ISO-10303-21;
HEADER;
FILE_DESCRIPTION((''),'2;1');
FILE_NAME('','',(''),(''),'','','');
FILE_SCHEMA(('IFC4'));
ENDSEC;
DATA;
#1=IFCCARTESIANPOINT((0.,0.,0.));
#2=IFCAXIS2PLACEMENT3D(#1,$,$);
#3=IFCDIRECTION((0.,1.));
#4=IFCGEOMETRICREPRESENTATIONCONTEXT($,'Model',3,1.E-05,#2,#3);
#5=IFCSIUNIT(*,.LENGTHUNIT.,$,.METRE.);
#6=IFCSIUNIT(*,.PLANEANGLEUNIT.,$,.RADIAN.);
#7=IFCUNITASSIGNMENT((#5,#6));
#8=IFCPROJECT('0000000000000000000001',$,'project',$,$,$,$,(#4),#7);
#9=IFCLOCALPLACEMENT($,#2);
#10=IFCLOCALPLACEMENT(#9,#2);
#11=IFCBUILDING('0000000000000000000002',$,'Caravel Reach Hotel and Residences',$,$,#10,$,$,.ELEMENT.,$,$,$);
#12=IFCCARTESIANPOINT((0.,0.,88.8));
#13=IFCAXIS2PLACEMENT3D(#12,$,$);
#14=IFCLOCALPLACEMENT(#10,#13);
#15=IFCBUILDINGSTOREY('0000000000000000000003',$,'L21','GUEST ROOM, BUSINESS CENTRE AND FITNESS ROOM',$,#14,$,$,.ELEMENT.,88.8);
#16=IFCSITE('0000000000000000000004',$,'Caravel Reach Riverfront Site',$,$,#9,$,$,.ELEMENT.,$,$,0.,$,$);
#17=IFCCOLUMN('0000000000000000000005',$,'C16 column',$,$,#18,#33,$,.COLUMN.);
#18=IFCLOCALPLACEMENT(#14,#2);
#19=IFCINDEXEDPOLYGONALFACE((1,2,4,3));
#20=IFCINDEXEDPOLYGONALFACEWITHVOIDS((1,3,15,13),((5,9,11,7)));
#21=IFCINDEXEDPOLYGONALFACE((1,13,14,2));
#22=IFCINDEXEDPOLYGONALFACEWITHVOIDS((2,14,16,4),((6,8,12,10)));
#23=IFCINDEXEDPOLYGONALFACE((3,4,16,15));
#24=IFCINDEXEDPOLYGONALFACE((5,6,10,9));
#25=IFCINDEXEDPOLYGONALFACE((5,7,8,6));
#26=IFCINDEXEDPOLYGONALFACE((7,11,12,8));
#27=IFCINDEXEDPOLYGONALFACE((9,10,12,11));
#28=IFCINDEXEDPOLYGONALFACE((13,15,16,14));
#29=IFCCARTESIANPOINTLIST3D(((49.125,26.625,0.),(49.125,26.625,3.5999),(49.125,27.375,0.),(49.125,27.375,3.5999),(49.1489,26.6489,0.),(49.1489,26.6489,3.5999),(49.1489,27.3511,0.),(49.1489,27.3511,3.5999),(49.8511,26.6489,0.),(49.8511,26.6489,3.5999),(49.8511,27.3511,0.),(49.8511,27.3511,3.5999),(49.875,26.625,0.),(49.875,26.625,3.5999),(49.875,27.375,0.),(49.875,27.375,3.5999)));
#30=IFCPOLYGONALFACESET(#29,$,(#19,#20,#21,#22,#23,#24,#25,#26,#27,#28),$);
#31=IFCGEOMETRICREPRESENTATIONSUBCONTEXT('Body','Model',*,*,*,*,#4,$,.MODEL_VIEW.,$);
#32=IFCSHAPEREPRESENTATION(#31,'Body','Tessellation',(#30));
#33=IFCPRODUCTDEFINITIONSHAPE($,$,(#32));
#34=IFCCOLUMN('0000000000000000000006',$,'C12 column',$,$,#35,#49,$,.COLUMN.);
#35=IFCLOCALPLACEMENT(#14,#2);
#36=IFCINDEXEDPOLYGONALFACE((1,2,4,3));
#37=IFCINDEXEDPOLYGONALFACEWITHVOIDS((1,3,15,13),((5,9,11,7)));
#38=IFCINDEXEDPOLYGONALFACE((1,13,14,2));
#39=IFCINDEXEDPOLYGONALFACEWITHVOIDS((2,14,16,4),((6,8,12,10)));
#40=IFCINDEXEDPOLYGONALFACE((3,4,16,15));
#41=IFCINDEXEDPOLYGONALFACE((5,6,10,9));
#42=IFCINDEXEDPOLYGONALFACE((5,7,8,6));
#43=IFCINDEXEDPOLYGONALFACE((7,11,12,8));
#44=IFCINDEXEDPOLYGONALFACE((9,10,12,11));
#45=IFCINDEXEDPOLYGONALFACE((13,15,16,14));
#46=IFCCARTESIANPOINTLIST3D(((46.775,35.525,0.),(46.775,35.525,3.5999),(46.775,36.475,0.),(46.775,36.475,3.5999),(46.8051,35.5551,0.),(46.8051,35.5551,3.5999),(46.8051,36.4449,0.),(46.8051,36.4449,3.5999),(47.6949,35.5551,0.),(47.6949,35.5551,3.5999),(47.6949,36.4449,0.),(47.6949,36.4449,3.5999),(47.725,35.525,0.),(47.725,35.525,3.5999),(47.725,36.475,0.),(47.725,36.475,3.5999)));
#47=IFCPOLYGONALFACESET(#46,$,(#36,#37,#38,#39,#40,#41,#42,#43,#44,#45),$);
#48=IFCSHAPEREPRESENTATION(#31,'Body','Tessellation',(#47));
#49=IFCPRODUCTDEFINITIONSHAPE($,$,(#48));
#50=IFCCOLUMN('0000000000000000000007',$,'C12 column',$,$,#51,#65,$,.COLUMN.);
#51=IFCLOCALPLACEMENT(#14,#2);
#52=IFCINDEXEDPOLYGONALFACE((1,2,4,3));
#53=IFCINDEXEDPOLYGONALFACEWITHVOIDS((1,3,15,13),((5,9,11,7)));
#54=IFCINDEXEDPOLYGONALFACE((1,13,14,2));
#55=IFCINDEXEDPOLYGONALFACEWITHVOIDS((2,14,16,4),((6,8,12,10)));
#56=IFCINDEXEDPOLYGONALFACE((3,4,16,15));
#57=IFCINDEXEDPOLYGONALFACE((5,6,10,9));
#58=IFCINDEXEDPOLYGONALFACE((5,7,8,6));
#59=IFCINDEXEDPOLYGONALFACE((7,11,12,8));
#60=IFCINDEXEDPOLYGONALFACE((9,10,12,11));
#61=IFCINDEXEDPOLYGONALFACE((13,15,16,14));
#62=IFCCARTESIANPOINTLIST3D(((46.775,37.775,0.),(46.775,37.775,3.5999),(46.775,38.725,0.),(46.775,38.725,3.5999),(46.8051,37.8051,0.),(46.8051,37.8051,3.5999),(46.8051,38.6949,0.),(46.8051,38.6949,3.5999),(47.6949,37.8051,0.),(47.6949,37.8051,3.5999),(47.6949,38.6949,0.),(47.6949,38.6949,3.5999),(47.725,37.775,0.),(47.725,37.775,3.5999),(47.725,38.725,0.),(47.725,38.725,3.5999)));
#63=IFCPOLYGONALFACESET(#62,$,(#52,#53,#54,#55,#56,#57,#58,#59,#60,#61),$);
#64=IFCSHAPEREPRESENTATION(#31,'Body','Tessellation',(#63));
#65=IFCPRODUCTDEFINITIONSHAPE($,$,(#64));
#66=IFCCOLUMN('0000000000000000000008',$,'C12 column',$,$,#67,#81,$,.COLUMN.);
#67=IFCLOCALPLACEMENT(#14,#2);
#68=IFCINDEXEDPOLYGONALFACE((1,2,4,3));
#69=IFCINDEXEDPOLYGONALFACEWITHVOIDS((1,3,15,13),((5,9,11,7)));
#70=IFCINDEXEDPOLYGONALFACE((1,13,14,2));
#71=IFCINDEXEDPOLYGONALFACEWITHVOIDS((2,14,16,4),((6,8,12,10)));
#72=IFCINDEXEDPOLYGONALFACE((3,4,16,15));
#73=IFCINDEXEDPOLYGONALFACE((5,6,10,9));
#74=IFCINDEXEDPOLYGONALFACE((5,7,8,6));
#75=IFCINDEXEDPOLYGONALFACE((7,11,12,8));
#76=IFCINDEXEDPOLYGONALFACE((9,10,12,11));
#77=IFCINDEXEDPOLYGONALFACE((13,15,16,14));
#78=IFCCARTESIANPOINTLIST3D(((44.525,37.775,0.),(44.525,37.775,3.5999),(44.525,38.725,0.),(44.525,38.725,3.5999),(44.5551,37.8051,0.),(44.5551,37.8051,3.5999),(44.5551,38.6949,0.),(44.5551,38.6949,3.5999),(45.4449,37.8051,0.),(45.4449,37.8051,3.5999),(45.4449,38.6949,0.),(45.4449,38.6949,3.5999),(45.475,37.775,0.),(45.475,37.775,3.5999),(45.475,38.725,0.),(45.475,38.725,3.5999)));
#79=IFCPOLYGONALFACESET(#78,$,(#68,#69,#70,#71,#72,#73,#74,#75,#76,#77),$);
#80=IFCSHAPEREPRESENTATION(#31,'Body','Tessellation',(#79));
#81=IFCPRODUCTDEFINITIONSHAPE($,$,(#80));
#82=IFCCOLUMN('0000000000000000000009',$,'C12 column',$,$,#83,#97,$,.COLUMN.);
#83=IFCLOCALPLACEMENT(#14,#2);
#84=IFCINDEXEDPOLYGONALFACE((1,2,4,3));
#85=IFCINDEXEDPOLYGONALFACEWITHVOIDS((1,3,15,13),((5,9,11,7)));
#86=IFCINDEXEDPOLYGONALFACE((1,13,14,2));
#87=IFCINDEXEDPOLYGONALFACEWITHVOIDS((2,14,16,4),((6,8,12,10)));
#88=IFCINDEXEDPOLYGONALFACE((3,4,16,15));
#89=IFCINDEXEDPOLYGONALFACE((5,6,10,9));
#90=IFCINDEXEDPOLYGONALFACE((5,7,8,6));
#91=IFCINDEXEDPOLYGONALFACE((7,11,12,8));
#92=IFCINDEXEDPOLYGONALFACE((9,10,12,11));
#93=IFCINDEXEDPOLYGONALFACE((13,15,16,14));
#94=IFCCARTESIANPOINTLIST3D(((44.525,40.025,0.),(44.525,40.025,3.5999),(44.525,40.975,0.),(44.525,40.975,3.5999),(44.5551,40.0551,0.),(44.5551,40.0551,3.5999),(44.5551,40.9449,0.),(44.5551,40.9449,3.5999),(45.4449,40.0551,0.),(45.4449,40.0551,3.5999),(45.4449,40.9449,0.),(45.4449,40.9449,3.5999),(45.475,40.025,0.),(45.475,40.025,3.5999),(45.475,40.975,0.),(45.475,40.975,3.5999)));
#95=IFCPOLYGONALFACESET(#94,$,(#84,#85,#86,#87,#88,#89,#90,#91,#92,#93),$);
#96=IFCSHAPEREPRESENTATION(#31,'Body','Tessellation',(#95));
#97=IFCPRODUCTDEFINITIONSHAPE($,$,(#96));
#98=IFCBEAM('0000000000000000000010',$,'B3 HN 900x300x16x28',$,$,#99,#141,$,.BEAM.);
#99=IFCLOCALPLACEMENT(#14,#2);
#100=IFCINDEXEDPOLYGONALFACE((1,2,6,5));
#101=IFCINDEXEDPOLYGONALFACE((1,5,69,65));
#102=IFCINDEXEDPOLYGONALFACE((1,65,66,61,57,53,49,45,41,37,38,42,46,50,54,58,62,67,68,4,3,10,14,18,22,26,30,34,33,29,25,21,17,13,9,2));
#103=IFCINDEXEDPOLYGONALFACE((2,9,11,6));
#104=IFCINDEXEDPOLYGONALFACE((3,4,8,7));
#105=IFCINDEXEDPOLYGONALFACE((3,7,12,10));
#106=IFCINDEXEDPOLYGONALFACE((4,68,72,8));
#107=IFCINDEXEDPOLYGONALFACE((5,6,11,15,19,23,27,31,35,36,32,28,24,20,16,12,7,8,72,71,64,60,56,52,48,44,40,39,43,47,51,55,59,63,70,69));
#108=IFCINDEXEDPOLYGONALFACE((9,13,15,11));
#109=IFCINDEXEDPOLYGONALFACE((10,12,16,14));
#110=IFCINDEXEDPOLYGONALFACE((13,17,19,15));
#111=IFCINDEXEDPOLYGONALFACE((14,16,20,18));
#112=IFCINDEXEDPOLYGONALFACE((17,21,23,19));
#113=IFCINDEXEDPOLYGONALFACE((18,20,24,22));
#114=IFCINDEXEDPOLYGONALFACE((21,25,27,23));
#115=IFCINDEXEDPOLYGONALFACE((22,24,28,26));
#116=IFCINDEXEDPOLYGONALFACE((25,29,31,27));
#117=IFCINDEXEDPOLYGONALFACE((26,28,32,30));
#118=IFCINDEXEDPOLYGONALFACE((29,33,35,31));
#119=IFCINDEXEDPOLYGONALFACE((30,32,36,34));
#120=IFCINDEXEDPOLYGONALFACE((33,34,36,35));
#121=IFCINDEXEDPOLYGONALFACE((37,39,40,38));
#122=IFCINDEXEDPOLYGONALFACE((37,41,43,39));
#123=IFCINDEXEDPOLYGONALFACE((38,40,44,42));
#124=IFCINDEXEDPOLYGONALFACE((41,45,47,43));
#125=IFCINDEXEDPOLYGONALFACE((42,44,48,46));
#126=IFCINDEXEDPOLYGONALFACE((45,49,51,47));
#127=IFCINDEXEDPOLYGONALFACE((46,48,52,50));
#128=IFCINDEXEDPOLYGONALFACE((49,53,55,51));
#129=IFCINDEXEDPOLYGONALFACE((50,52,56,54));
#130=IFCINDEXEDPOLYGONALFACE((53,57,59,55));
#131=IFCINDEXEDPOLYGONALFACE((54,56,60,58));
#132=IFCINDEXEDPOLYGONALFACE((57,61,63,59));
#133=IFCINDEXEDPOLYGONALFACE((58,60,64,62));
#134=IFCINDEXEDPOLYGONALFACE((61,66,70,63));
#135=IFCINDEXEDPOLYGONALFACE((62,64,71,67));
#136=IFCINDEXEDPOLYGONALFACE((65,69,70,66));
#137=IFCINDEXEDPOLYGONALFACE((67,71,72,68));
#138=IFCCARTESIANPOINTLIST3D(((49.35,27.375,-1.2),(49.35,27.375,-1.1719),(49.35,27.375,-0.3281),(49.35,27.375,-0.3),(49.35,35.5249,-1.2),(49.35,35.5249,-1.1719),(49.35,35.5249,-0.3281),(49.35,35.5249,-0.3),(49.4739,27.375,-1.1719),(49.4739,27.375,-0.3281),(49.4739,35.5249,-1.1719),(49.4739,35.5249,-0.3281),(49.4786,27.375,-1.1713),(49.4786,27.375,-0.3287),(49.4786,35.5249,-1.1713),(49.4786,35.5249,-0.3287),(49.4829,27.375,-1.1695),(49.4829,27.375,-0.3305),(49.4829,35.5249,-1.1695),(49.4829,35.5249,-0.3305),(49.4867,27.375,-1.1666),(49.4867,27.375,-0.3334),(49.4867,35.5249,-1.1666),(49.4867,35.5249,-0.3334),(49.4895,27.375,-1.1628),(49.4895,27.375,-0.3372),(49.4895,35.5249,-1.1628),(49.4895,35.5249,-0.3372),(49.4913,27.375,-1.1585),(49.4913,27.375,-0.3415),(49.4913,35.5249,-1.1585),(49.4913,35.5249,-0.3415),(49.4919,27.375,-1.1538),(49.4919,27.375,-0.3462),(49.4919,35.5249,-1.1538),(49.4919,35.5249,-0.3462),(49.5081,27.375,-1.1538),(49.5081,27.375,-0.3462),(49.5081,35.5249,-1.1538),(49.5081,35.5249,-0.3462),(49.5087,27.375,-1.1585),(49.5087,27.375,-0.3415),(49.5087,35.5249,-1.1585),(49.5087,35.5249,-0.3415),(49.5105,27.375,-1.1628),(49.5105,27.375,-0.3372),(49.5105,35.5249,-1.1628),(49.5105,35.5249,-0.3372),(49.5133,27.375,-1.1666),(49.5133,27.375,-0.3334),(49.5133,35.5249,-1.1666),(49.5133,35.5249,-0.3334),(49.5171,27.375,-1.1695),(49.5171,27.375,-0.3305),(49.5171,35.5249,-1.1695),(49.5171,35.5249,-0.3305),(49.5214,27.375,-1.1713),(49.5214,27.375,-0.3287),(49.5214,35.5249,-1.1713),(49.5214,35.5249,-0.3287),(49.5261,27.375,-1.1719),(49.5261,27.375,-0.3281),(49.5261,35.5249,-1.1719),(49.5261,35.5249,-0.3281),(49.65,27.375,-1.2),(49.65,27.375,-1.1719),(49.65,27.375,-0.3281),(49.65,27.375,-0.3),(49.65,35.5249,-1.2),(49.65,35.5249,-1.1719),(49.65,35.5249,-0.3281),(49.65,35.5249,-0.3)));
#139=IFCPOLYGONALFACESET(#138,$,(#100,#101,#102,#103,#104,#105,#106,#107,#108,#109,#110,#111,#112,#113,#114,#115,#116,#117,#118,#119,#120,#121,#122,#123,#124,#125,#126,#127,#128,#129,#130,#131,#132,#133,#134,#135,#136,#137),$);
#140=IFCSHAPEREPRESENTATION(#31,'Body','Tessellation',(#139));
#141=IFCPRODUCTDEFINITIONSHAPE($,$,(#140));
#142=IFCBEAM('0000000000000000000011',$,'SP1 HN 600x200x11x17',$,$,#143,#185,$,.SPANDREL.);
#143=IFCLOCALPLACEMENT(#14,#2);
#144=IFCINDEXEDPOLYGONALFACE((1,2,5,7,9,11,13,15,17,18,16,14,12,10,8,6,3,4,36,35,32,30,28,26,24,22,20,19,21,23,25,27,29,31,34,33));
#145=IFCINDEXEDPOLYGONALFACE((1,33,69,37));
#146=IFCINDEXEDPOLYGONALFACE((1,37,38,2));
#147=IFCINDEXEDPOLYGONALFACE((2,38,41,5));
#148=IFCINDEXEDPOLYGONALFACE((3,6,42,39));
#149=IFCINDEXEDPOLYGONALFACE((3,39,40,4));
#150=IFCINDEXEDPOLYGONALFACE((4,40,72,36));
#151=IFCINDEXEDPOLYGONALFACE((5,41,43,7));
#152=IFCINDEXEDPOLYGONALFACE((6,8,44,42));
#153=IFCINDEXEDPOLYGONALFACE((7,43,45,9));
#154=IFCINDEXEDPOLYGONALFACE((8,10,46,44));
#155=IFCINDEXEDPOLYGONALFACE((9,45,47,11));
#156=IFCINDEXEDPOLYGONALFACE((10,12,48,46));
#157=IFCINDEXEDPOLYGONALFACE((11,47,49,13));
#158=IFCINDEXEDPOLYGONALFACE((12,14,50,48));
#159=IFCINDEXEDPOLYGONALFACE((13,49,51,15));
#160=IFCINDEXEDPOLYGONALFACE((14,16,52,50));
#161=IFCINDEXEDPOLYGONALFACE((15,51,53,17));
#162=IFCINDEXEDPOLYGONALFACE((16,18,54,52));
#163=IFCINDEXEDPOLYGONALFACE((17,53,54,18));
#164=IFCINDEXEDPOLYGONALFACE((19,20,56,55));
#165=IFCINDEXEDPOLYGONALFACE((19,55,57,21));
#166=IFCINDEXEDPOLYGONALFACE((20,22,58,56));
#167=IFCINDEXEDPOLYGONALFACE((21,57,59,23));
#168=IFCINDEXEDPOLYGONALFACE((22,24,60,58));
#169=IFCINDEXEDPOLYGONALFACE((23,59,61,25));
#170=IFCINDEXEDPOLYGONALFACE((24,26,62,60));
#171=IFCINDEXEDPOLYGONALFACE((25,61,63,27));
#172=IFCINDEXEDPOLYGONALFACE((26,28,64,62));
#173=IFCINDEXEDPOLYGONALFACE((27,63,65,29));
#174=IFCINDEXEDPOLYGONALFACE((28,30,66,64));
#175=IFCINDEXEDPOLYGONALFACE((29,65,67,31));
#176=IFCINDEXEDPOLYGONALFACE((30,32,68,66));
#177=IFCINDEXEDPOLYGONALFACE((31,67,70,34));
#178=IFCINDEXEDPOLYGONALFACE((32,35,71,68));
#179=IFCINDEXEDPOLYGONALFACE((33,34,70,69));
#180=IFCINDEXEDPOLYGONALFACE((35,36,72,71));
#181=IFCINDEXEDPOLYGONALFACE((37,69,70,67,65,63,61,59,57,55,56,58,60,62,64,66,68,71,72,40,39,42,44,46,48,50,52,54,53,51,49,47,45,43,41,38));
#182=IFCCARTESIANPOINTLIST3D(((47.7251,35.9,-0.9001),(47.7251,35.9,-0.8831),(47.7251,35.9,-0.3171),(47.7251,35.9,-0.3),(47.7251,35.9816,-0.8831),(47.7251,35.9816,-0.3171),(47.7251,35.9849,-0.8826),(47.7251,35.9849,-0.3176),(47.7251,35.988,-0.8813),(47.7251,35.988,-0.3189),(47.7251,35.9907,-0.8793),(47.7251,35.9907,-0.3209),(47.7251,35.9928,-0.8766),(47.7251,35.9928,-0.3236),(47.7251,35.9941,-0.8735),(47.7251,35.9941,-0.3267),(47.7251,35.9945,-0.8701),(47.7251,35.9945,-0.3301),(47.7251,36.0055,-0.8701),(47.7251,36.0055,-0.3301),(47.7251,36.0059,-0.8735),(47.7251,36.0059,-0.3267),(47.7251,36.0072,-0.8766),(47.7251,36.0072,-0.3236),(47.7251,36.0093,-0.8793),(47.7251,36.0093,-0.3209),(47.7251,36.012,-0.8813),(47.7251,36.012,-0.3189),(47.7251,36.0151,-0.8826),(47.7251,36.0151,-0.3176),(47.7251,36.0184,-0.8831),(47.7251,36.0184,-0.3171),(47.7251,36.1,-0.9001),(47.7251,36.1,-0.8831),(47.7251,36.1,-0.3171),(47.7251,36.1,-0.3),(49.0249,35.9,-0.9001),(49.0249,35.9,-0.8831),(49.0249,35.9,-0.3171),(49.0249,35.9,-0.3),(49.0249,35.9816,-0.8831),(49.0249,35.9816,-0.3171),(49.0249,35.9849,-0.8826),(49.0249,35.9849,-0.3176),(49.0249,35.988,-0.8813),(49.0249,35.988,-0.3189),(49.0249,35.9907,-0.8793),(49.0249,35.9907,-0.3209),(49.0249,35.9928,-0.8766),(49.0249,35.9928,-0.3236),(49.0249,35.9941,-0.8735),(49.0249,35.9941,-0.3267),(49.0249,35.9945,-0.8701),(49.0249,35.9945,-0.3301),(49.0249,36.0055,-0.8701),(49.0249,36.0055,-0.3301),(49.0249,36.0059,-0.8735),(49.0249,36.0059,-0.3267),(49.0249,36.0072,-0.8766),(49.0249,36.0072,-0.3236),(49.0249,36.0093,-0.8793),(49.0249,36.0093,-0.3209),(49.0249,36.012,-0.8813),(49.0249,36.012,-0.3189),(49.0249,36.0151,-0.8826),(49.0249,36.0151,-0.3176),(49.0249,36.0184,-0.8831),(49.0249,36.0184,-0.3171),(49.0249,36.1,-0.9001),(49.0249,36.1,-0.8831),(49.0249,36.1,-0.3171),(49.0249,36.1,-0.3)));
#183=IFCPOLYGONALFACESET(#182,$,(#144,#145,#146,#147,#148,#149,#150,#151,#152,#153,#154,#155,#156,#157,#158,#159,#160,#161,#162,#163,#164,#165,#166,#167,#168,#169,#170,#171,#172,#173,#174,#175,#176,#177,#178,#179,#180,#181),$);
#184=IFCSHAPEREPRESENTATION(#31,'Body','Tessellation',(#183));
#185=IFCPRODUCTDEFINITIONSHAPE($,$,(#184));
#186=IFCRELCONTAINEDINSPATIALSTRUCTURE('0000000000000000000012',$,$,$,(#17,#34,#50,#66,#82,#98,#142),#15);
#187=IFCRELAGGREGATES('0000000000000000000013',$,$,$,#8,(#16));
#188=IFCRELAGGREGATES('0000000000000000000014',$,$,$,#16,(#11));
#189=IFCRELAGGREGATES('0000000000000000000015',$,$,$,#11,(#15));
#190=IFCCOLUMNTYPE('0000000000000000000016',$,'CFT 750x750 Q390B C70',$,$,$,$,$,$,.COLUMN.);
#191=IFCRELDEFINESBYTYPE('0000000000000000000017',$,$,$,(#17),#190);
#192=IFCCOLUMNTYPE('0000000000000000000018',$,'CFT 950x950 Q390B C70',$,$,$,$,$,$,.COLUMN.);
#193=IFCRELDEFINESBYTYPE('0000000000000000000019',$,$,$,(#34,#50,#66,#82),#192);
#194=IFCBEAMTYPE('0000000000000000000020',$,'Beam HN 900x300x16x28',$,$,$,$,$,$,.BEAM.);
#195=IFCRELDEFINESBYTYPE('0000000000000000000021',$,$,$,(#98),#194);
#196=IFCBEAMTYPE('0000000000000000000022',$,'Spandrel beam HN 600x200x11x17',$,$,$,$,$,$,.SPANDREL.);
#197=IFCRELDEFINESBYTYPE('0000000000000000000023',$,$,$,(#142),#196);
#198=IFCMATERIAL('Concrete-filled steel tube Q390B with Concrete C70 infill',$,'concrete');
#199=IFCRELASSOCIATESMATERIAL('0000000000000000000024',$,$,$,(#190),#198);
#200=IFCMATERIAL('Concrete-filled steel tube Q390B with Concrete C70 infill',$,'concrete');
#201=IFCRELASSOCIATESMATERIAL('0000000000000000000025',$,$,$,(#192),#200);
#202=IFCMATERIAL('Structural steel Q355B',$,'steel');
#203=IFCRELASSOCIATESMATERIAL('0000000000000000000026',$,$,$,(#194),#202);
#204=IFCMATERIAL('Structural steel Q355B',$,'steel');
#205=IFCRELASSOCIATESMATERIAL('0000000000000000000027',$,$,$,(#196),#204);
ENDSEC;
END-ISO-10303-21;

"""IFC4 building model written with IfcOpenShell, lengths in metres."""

from ifc_helpers import new_model, si_unit, direction, frame, origin, origin_2d, place, context, subcontext, project, spatial, hollow_rectangle, i_section, extrude, material, material_profile, profile_set, type_object, element, save


model = new_model("IFC4")

# Units and contexts
model_context = context("Model", 3, precision=1e-05, world=origin(), true_north=direction((0.0, 1.0)))
body_context = subcontext(model_context, "Body", "Model", "MODEL_VIEW")
ifc_project = project(units=[si_unit("LENGTHUNIT", "METRE"), si_unit("PLANEANGLEUNIT", "RADIAN")], contexts=[model_context])

# Site, building, storey
site_placement = place(None, origin())
site = spatial("IfcSite", under=ifc_project, at=site_placement, Name="Caravel Reach Riverfront Site", CompositionType="ELEMENT", RefElevation=0.0)
building_placement = place(site_placement, origin())
building = spatial("IfcBuilding", under=site, at=building_placement, Name="Caravel Reach Hotel and Residences", CompositionType="ELEMENT")
storey_placement = place(building_placement, frame((0.0, 0.0, 88.8)))
storey = spatial("IfcBuildingStorey", under=building, at=storey_placement, Name="L21", Description="GUEST ROOM, BUSINESS CENTRE AND FITNESS ROOM", CompositionType="ELEMENT", Elevation=88.8)

# Columns
ifc_material_1 = material(Name="Concrete-filled steel tube Q390B with Concrete C70 infill", Category="concrete")
ifc_material_profile_1 = material_profile(ifc_material_1, hollow_rectangle(XDim=0.75, YDim=0.75, WallThickness=0.0239, at=origin_2d()), Name="RHS 750x750x24")
ifc_profile_set_1 = profile_set([ifc_material_profile_1], Name="Concrete-filled steel tube Q390B with Concrete C70 infill")
column_type_1 = type_object("IfcColumnType", Name="CFT 750x750 Q390B C70", PredefinedType="COLUMN", material=ifc_profile_set_1)
column_placement = place(storey_placement, frame((49.5, 27.0, 0.0), z_axis=(0.0, 0.0, 1.0), x_axis=(1.0, 0.0, 0.0)))
element("IfcColumn", 1, at=column_placement, inside=storey, type_object=column_type_1, Name="C16 column", PredefinedType="COLUMN", context=body_context, shape_type="SweptSolid", body=[
    extrude(hollow_rectangle(XDim=0.75, YDim=0.75, WallThickness=0.0239, at=origin_2d()), origin(), (0.0, 0.0, 1.0), 3.5999),
])
ifc_material_2 = material(Name="Concrete-filled steel tube Q390B with Concrete C70 infill", Category="concrete")
ifc_material_profile_2 = material_profile(ifc_material_2, hollow_rectangle(XDim=0.95, YDim=0.95, WallThickness=0.03, at=origin_2d()), Name="RHS 950x950x30")
ifc_profile_set_2 = profile_set([ifc_material_profile_2], Name="Concrete-filled steel tube Q390B with Concrete C70 infill")
column_type_2 = type_object("IfcColumnType", Name="CFT 950x950 Q390B C70", PredefinedType="COLUMN", material=ifc_profile_set_2)
for number, where, z_axis, x_axis, name in (
    (2, (47.25, 36.0, 0.0), (0.0, 0.0, 1.0), (1.0, 0.0, 0.0), "C12 column"),
    (3, (47.25, 38.25, 0.0), (0.0, 0.0, 1.0), (1.0, 0.0, 0.0), "C12 column"),
    (4, (45.0, 38.25, 0.0), (0.0, 0.0, 1.0), (1.0, 0.0, 0.0), "C12 column"),
    (5, (45.0, 40.5, 0.0), (0.0, 0.0, 1.0), (1.0, 0.0, 0.0), "C12 column"),
):
    element("IfcColumn", number, at=place(storey_placement, frame(where, z_axis=z_axis, x_axis=x_axis)), inside=storey, type_object=column_type_2, Name=name, PredefinedType="COLUMN", context=body_context, shape_type="SweptSolid", body=[
        extrude(hollow_rectangle(XDim=0.95, YDim=0.95, WallThickness=0.03, at=origin_2d()), origin(), (0.0, 0.0, 1.0), 3.5999),
    ])

# Beams
ifc_material_3 = material(Name="Structural steel Q355B", Category="steel")
ifc_material_profile_3 = material_profile(ifc_material_3, i_section(OverallWidth=0.3, OverallDepth=0.8999, WebThickness=0.0161, FlangeThickness=0.0281, FilletRadius=0.0181, at=origin_2d()), Name="HN 900x300x16x28")
ifc_profile_set_3 = profile_set([ifc_material_profile_3], Name="Structural steel Q355B")
beam_type_1 = type_object("IfcBeamType", Name="Beam HN 900x300x16x28", PredefinedType="BEAM", material=ifc_profile_set_3)
beam_placement = place(storey_placement, frame((49.5, 27.375, -0.75), z_axis=(0.0, 1.0, 0.0), x_axis=(-1.0, 0.0, 0.0)))
element("IfcBeam", 6, at=beam_placement, inside=storey, type_object=beam_type_1, Name="B3 HN 900x300x16x28", PredefinedType="BEAM", context=body_context, shape_type="SweptSolid", body=[
    extrude(i_section(OverallWidth=0.3, OverallDepth=0.8999, WebThickness=0.0161, FlangeThickness=0.0281, FilletRadius=0.0181, at=origin_2d()), origin(), (0.0, 0.0, 1.0), 8.1499),
])
ifc_material_4 = material(Name="Structural steel Q355B", Category="steel")
ifc_material_profile_4 = material_profile(ifc_material_4, i_section(OverallWidth=0.2, OverallDepth=0.6001, WebThickness=0.011, FlangeThickness=0.0171, FilletRadius=0.0129, at=origin_2d()), Name="HN 600x200x11x17")
ifc_profile_set_4 = profile_set([ifc_material_profile_4], Name="Structural steel Q355B")
beam_type_2 = type_object("IfcBeamType", Name="Spandrel beam HN 600x200x11x17", PredefinedType="SPANDREL", material=ifc_profile_set_4)
for number, where, z_axis, x_axis, name in (
    (7, (49.0249, 36.0, -0.6001), (-1.0, 0.0, 0.0), (0.0, -1.0, 0.0), "SP1 HN 600x200x11x17"),
):
    element("IfcBeam", number, at=place(storey_placement, frame(where, z_axis=z_axis, x_axis=x_axis)), inside=storey, type_object=beam_type_2, Name=name, PredefinedType="SPANDREL", context=body_context, shape_type="SweptSolid", body=[
        extrude(i_section(OverallWidth=0.2, OverallDepth=0.6001, WebThickness=0.011, FlangeThickness=0.0171, FilletRadius=0.0129, at=origin_2d()), origin(), (0.0, 0.0, 1.0), 1.2998),
    ])

save(model, "model.ifc")
